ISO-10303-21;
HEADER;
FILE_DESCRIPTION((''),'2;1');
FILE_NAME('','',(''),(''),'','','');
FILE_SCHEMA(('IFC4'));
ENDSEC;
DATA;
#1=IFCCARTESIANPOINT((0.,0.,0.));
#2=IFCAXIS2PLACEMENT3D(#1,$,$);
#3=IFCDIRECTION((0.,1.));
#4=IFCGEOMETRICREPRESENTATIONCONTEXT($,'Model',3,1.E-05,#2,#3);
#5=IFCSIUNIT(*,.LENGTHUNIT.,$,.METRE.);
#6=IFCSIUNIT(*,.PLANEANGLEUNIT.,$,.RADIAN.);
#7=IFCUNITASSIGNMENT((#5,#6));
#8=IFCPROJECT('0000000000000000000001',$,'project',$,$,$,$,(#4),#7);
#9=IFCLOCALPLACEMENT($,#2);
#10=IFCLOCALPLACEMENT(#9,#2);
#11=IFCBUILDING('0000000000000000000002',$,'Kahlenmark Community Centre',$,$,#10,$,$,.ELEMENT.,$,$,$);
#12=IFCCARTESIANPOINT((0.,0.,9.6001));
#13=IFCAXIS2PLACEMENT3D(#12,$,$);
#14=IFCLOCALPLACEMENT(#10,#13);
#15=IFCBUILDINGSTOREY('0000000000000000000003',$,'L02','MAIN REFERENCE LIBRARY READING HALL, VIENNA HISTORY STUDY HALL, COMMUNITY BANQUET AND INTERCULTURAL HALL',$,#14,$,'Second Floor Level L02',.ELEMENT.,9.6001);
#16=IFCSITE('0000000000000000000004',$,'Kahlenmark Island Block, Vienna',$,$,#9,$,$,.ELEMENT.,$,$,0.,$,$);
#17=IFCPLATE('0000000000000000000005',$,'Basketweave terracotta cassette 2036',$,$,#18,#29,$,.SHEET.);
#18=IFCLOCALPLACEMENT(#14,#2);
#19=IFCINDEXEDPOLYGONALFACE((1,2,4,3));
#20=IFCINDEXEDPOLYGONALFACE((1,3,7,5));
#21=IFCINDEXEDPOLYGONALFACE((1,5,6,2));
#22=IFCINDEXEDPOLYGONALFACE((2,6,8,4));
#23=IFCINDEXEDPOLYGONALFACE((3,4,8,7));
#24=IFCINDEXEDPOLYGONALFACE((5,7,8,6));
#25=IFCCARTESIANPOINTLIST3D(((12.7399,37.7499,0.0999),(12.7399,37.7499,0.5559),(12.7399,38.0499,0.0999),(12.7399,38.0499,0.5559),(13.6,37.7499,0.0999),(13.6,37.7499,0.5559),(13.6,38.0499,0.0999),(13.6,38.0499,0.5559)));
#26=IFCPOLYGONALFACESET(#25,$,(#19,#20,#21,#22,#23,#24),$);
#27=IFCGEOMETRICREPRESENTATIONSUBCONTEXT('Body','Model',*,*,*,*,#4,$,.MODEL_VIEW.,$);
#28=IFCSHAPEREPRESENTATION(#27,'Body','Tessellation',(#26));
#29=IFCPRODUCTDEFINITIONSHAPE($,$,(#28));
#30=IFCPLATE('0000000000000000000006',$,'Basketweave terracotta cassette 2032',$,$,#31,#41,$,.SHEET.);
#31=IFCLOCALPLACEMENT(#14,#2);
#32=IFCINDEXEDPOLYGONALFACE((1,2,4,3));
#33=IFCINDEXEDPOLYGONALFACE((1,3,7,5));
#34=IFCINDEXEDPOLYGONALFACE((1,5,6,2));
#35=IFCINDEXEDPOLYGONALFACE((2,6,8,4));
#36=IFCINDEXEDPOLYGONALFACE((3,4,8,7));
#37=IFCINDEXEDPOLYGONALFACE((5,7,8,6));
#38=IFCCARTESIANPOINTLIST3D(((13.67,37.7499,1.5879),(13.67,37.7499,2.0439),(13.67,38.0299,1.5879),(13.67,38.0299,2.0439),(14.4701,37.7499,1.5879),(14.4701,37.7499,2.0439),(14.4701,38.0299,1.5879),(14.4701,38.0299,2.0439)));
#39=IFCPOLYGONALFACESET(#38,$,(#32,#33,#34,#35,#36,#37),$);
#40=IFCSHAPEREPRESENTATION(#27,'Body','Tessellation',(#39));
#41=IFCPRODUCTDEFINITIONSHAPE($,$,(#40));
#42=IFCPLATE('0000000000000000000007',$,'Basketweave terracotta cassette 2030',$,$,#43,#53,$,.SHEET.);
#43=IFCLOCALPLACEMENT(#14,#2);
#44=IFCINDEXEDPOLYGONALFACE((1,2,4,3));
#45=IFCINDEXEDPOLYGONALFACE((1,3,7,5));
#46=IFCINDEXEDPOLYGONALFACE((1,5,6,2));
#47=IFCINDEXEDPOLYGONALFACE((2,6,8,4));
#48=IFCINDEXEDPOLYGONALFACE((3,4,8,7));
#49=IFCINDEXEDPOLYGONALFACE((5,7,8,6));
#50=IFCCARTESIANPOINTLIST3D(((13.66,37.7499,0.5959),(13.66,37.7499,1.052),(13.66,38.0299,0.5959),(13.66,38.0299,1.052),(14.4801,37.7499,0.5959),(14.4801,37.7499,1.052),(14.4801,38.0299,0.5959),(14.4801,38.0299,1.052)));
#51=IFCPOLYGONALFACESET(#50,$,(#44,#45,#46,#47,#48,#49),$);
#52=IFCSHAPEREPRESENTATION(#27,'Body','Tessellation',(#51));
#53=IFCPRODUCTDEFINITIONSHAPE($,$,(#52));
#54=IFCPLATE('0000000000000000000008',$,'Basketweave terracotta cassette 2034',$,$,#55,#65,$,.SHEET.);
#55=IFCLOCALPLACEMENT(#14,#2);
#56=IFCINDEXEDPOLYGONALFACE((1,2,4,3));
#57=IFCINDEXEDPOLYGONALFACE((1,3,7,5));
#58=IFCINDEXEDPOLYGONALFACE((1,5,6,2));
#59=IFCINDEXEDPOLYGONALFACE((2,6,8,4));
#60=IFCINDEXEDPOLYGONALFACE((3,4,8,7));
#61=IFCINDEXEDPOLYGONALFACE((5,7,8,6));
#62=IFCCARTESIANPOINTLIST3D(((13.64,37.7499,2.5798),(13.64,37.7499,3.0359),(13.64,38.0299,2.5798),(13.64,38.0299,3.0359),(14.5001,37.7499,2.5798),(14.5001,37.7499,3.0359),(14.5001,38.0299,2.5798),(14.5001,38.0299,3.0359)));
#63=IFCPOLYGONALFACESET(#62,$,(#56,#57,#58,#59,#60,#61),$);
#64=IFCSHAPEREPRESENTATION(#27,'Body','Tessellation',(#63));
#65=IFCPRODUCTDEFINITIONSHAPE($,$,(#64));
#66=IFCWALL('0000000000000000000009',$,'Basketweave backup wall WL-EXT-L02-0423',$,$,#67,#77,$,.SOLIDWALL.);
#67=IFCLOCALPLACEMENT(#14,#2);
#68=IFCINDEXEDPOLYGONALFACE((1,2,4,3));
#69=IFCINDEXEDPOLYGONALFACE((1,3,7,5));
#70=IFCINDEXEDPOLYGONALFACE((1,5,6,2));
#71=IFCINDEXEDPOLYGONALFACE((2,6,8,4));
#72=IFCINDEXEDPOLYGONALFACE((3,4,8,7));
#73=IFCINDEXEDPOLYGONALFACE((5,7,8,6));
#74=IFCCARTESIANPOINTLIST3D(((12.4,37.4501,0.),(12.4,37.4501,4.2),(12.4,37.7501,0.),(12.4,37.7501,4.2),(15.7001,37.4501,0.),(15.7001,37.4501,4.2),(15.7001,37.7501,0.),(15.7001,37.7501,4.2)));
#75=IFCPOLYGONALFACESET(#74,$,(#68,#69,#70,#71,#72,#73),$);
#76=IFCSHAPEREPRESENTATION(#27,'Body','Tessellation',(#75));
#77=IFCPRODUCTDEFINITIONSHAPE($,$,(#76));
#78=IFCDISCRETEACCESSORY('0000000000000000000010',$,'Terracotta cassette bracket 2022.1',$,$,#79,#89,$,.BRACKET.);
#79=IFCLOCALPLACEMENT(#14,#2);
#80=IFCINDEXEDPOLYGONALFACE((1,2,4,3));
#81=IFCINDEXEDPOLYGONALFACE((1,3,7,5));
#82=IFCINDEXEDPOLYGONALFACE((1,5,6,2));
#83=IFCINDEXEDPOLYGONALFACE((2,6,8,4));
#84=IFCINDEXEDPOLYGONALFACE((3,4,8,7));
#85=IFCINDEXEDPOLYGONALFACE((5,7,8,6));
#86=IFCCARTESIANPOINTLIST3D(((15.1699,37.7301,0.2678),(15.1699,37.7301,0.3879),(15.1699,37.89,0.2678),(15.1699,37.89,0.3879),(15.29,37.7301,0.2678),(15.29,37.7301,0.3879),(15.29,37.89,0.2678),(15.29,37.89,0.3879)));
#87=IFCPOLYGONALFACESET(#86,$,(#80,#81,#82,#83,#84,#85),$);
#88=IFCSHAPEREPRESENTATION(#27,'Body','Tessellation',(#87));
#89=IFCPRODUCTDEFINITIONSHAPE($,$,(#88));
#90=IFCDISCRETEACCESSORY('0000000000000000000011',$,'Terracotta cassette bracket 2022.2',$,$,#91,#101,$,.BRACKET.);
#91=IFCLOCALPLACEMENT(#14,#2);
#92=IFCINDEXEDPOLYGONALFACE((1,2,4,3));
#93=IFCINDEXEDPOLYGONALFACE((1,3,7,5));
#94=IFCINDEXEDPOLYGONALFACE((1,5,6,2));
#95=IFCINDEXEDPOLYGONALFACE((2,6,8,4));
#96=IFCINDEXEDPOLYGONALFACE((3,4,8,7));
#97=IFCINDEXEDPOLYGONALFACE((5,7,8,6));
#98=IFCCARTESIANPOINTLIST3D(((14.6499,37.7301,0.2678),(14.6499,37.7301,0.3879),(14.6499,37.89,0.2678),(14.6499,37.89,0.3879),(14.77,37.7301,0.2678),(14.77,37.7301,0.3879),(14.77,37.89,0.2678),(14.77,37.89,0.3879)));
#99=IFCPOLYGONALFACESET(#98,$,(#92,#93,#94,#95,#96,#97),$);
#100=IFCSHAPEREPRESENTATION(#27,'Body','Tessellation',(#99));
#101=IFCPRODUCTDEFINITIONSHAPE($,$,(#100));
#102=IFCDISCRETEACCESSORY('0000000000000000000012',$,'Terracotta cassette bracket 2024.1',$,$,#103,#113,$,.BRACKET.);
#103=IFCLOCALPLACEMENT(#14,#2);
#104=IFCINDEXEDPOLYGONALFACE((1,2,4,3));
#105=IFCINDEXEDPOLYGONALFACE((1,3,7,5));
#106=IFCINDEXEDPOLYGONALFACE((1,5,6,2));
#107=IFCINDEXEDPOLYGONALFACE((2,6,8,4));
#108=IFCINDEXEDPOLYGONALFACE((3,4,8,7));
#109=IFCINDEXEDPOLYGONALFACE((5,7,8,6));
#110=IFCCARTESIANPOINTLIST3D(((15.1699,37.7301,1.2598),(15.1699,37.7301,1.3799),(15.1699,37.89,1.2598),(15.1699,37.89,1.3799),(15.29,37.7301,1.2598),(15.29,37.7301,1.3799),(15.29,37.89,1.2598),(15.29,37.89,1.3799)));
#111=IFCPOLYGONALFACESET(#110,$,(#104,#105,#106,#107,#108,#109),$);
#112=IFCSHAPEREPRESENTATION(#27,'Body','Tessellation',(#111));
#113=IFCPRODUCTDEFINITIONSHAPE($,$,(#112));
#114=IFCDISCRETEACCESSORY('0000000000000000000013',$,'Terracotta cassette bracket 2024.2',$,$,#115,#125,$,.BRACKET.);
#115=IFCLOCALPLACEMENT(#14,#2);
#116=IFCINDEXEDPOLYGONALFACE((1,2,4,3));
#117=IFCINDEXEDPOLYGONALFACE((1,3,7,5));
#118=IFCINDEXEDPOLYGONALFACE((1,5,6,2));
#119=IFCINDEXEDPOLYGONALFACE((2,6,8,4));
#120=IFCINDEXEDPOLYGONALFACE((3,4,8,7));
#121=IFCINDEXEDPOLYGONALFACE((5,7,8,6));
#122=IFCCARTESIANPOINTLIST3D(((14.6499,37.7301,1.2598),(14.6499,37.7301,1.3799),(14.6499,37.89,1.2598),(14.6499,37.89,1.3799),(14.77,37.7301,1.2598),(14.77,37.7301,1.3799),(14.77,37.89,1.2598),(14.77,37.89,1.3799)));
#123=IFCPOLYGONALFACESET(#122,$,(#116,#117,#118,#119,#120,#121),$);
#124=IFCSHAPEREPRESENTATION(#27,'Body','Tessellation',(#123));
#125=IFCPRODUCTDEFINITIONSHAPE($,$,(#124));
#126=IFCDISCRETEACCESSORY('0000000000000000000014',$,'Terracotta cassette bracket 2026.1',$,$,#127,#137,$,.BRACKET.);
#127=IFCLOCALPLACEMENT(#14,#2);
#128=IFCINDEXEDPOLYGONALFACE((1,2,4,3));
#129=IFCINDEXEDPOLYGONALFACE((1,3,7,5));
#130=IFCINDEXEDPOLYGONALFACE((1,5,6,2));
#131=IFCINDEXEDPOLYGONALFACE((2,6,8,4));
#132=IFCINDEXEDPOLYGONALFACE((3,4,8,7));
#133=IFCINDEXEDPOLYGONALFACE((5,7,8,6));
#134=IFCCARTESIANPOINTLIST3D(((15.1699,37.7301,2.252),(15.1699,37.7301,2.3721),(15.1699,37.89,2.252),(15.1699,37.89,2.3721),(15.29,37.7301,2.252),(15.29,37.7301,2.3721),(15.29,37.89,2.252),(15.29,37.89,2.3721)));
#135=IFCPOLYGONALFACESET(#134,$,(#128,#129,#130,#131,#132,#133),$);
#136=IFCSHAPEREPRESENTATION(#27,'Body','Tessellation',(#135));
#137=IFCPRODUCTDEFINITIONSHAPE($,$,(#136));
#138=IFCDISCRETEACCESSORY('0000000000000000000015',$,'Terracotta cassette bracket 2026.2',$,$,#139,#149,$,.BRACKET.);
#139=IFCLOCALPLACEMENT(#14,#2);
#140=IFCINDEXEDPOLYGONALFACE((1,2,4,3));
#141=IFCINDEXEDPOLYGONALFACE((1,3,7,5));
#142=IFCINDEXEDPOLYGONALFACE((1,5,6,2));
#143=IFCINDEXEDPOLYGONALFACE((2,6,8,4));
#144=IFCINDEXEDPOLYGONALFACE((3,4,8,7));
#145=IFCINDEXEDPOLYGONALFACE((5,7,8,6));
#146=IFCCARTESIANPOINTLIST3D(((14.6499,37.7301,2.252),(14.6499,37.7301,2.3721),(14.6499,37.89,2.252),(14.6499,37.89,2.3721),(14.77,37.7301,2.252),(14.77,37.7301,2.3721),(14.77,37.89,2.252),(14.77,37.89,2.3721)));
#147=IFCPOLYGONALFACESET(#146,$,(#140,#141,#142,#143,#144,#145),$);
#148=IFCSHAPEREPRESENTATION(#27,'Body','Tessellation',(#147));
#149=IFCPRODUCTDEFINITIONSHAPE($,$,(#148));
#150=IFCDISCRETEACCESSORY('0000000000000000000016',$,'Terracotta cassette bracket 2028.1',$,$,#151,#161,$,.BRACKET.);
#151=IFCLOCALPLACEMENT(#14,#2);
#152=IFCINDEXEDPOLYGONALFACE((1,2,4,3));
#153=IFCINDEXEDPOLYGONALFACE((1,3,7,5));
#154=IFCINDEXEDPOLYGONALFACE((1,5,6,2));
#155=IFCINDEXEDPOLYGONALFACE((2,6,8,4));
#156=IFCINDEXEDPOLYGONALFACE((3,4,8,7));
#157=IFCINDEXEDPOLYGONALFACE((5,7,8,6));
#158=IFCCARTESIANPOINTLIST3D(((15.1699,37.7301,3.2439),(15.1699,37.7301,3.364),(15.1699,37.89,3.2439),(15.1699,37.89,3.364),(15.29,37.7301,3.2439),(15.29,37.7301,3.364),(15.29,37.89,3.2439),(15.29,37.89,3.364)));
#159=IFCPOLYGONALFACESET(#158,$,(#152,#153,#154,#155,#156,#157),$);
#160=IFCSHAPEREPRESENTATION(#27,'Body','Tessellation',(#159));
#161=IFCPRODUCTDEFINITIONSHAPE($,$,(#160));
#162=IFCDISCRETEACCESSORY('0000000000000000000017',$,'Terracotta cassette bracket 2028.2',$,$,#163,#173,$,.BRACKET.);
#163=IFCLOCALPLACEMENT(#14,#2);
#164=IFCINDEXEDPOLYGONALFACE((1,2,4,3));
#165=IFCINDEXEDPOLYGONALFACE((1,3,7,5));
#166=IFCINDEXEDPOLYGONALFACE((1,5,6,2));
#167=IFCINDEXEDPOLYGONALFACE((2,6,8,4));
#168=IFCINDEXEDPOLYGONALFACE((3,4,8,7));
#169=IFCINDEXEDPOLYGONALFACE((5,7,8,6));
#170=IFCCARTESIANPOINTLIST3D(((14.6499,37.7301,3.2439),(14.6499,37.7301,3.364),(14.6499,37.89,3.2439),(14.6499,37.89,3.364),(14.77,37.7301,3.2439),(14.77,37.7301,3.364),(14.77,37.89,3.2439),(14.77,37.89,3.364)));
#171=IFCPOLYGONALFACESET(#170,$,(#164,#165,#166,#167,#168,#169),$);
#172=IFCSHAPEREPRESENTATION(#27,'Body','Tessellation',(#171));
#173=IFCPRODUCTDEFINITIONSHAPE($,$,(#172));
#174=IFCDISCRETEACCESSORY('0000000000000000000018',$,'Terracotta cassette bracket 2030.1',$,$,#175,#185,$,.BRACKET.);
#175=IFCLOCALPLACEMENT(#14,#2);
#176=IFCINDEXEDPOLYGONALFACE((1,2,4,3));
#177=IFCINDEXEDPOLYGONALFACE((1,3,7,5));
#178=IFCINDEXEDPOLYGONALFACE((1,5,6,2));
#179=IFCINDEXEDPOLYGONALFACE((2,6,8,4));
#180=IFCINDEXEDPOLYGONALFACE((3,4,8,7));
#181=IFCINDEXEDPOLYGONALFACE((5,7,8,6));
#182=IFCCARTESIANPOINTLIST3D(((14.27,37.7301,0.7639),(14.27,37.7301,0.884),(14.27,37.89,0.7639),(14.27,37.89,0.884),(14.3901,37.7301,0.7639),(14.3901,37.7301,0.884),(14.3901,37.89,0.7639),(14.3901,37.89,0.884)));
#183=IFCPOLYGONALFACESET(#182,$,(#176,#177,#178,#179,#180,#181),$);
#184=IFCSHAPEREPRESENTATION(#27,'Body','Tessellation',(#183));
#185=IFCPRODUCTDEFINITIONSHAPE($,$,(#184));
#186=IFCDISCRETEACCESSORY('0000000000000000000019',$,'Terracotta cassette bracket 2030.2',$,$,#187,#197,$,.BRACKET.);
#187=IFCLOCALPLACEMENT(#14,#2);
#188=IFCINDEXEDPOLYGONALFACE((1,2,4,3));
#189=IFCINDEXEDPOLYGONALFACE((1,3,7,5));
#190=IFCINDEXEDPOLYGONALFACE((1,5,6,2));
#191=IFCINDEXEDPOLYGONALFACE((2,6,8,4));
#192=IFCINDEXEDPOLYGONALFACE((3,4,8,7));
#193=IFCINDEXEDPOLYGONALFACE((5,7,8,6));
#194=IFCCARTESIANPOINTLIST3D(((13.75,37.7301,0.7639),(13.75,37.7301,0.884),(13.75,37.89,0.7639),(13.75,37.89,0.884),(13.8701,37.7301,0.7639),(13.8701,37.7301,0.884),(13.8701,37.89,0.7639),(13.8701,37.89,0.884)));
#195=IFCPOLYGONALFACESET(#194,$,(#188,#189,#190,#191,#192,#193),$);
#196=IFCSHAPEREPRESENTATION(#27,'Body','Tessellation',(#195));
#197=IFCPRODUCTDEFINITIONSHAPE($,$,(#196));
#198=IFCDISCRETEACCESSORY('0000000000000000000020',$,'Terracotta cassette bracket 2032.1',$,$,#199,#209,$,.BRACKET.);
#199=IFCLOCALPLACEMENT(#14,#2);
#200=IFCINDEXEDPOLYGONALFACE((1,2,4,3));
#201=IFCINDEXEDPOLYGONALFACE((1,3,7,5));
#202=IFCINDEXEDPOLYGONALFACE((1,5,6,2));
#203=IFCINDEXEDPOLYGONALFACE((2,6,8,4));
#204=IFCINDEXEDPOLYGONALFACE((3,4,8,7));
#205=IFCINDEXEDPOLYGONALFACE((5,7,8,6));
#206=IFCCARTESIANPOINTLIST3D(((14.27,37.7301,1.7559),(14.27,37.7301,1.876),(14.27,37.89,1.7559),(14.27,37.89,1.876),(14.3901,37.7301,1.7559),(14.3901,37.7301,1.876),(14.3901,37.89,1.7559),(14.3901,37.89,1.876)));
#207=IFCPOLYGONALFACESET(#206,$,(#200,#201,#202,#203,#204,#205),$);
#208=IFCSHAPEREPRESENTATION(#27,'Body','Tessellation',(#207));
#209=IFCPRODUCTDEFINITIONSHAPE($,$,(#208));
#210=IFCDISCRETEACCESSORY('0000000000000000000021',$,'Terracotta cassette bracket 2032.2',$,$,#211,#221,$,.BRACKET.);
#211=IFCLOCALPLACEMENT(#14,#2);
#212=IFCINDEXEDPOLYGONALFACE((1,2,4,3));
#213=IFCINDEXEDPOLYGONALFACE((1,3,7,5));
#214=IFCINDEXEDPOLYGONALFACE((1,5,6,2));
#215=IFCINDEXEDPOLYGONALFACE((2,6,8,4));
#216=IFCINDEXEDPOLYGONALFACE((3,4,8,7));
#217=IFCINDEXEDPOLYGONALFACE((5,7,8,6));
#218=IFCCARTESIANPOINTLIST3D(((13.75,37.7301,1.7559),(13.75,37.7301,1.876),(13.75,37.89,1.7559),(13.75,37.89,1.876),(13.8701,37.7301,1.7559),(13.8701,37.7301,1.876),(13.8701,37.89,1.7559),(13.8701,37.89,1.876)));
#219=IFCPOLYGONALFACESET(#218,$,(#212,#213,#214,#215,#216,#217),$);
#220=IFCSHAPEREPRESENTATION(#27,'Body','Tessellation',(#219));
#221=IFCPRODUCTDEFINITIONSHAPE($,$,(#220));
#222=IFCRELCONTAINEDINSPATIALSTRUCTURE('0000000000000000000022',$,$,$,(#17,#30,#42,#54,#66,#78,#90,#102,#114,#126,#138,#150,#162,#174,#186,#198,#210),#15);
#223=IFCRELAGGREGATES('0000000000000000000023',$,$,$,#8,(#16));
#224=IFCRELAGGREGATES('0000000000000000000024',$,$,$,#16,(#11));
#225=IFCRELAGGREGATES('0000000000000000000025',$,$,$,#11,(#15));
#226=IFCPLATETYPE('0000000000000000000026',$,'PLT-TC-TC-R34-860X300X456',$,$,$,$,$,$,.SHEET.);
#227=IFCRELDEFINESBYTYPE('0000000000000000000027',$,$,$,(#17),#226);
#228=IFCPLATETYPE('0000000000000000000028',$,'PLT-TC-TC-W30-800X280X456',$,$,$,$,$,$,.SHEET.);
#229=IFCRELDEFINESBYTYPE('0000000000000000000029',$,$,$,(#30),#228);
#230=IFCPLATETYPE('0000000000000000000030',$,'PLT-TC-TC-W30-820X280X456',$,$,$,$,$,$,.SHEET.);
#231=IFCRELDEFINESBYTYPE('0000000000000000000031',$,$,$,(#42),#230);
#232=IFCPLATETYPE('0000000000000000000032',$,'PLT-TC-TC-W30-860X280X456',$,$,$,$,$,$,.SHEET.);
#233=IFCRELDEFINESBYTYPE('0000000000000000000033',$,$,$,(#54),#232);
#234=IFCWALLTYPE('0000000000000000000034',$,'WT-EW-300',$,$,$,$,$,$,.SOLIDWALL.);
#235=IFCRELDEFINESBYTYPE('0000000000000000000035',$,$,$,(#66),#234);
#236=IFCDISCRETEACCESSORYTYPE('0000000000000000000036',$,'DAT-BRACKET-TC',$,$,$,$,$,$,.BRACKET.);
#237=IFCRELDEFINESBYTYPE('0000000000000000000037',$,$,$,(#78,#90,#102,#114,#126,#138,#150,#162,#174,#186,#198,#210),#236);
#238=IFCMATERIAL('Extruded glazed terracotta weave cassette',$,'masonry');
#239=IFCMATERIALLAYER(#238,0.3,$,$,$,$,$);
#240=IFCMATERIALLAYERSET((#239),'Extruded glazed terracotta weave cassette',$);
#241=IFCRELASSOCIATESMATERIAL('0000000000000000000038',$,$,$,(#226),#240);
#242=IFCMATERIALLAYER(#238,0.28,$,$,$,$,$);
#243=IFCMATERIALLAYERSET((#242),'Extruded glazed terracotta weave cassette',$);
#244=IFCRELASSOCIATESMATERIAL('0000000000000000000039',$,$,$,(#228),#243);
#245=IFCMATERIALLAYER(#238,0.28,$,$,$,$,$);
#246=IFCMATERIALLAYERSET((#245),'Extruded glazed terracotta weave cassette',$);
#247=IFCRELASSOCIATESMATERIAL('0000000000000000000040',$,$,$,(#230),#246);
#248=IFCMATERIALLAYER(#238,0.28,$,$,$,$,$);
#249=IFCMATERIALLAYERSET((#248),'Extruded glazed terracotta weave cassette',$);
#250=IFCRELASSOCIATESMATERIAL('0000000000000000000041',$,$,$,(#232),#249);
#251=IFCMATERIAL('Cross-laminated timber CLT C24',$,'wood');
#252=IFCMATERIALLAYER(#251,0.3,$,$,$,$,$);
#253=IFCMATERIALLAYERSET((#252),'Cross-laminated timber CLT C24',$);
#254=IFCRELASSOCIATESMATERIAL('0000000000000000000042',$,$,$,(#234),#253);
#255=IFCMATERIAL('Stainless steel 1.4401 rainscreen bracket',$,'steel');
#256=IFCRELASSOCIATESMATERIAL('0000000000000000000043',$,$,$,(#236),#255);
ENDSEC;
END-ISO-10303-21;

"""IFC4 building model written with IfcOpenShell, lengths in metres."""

from ifc_helpers import new_model, si_unit, direction, frame, frame_2d, origin, origin_2d, place, context, subcontext, project, spatial, rectangle, extrude, material, layer, layer_set, type_object, element, save


model = new_model("IFC4")

# Units and contexts
model_context = context("Model", 3, precision=1e-05, world=origin(), true_north=direction((0.0, 1.0)))
body_context = subcontext(model_context, "Body", "Model", "MODEL_VIEW")
ifc_project = project(units=[si_unit("LENGTHUNIT", "METRE"), si_unit("PLANEANGLEUNIT", "RADIAN")], contexts=[model_context])

# Site, building, storey
site_placement = place(None, origin())
site = spatial("IfcSite", under=ifc_project, at=site_placement, Name="Kahlenmark Island Block, Vienna", CompositionType="ELEMENT", RefElevation=0.0)
building_placement = place(site_placement, origin())
building = spatial("IfcBuilding", under=site, at=building_placement, Name="Kahlenmark Community Centre", CompositionType="ELEMENT")
storey_placement = place(building_placement, frame((0.0, 0.0, 9.6001)))
storey = spatial("IfcBuildingStorey", under=building, at=storey_placement, Name="L02", Description="MAIN REFERENCE LIBRARY READING HALL, VIENNA HISTORY STUDY HALL, COMMUNITY BANQUET AND INTERCULTURAL HALL", LongName="Second Floor Level L02", CompositionType="ELEMENT", Elevation=9.6001)

# Plates
ifc_material_1 = material(Name="Extruded glazed terracotta weave cassette", Category="masonry")
ifc_layer_1 = layer(ifc_material_1, 0.3)
ifc_layer_set_1 = layer_set([ifc_layer_1], Name="Extruded glazed terracotta weave cassette")
plate_type_1 = type_object("IfcPlateType", Name="PLT-TC-TC-R34-860X300X456", PredefinedType="SHEET", material=ifc_layer_set_1)
for number, where, z_axis, x_axis, name in (
    (1, (13.1699, 37.8999, 0.0999), (0.0, 0.0, 1.0), (-1.0, 0.0, 0.0), "Basketweave terracotta cassette 2036"),
):
    element("IfcPlate", number, at=place(storey_placement, frame(where, z_axis=z_axis, x_axis=x_axis)), inside=storey, type_object=plate_type_1, Name=name, PredefinedType="SHEET", context=body_context, shape_type="SweptSolid", body=[
        extrude(rectangle(XDim=0.8601, YDim=0.3, at=origin_2d()), origin(), (0.0, 0.0, 1.0), 0.4561),
    ])
ifc_layer_2 = layer(ifc_material_1, 0.28)
ifc_layer_set_2 = layer_set([ifc_layer_2], Name="Extruded glazed terracotta weave cassette")
plate_type_2 = type_object("IfcPlateType", Name="PLT-TC-TC-W30-800X280X456", PredefinedType="SHEET", material=ifc_layer_set_2)
plate_1_placement = place(storey_placement, frame((14.0701, 37.8899, 1.5879), z_axis=(0.0, 0.0, 1.0), x_axis=(-1.0, 0.0, 0.0)))
element("IfcPlate", 2, at=plate_1_placement, inside=storey, type_object=plate_type_2, Name="Basketweave terracotta cassette 2032", PredefinedType="SHEET", context=body_context, shape_type="SweptSolid", body=[
    extrude(rectangle(XDim=0.8, YDim=0.28, at=origin_2d()), origin(), (0.0, 0.0, 1.0), 0.4561),
])
ifc_layer_3 = layer(ifc_material_1, 0.28)
ifc_layer_set_3 = layer_set([ifc_layer_3], Name="Extruded glazed terracotta weave cassette")
plate_type_3 = type_object("IfcPlateType", Name="PLT-TC-TC-W30-820X280X456", PredefinedType="SHEET", material=ifc_layer_set_3)
plate_2_placement = place(storey_placement, frame((14.0701, 37.8899, 0.5959), z_axis=(0.0, 0.0, 1.0), x_axis=(-1.0, 0.0, 0.0)))
element("IfcPlate", 3, at=plate_2_placement, inside=storey, type_object=plate_type_3, Name="Basketweave terracotta cassette 2030", PredefinedType="SHEET", context=body_context, shape_type="SweptSolid", body=[
    extrude(rectangle(XDim=0.8201, YDim=0.28, at=origin_2d()), origin(), (0.0, 0.0, 1.0), 0.4561),
])
ifc_layer_4 = layer(ifc_material_1, 0.28)
ifc_layer_set_4 = layer_set([ifc_layer_4], Name="Extruded glazed terracotta weave cassette")
plate_type_4 = type_object("IfcPlateType", Name="PLT-TC-TC-W30-860X280X456", PredefinedType="SHEET", material=ifc_layer_set_4)
plate_3_placement = place(storey_placement, frame((14.0701, 37.8899, 2.5798), z_axis=(0.0, 0.0, 1.0), x_axis=(-1.0, 0.0, 0.0)))
element("IfcPlate", 4, at=plate_3_placement, inside=storey, type_object=plate_type_4, Name="Basketweave terracotta cassette 2034", PredefinedType="SHEET", context=body_context, shape_type="SweptSolid", body=[
    extrude(rectangle(XDim=0.8601, YDim=0.28, at=origin_2d()), origin(), (0.0, 0.0, 1.0), 0.4561),
])

# Wall
ifc_material_2 = material(Name="Cross-laminated timber CLT C24", Category="wood")
ifc_layer_5 = layer(ifc_material_2, 0.3)
ifc_layer_set_5 = layer_set([ifc_layer_5], Name="Cross-laminated timber CLT C24")
wall_type = type_object("IfcWallType", Name="WT-EW-300", PredefinedType="SOLIDWALL", material=ifc_layer_set_5)
wall_placement = place(storey_placement, frame((15.7, 37.6001, 0.0), z_axis=(0.0, 0.0, 1.0), x_axis=(-1.0, 0.0, 0.0)))
element("IfcWall", 5, at=wall_placement, inside=storey, type_object=wall_type, Name="Basketweave backup wall WL-EXT-L02-0423", PredefinedType="SOLIDWALL", context=body_context, shape_type="SweptSolid", body=[
    extrude(rectangle(XDim=3.3, YDim=0.3, at=frame_2d((1.6499, 0.0))), origin(), (0.0, 0.0, 1.0), 4.2),
])

# Discrete accessories
ifc_material_3 = material(Name="Stainless steel 1.4401 rainscreen bracket", Category="steel")
discrete_accessory_type = type_object("IfcDiscreteAccessoryType", Name="DAT-BRACKET-TC", PredefinedType="BRACKET", material=ifc_material_3)
for number, where, z_axis, x_axis, name in (
    (6, (15.23, 37.8101, 0.2678), (0.0, 0.0, 1.0), (-1.0, 0.0, 0.0), "Terracotta cassette bracket 2022.1"),
    (7, (14.71, 37.8101, 0.2678), (0.0, 0.0, 1.0), (-1.0, 0.0, 0.0), "Terracotta cassette bracket 2022.2"),
    (8, (15.23, 37.8101, 1.2598), (0.0, 0.0, 1.0), (-1.0, 0.0, 0.0), "Terracotta cassette bracket 2024.1"),
    (9, (14.71, 37.8101, 1.2598), (0.0, 0.0, 1.0), (-1.0, 0.0, 0.0), "Terracotta cassette bracket 2024.2"),
    (10, (15.23, 37.8101, 2.252), (0.0, 0.0, 1.0), (-1.0, 0.0, 0.0), "Terracotta cassette bracket 2026.1"),
    (11, (14.71, 37.8101, 2.252), (0.0, 0.0, 1.0), (-1.0, 0.0, 0.0), "Terracotta cassette bracket 2026.2"),
    (12, (15.23, 37.8101, 3.2439), (0.0, 0.0, 1.0), (-1.0, 0.0, 0.0), "Terracotta cassette bracket 2028.1"),
    (13, (14.71, 37.8101, 3.2439), (0.0, 0.0, 1.0), (-1.0, 0.0, 0.0), "Terracotta cassette bracket 2028.2"),
    (14, (14.3301, 37.8101, 0.7639), (0.0, 0.0, 1.0), (-1.0, 0.0, 0.0), "Terracotta cassette bracket 2030.1"),
    (15, (13.8101, 37.8101, 0.7639), (0.0, 0.0, 1.0), (-1.0, 0.0, 0.0), "Terracotta cassette bracket 2030.2"),
    (16, (14.3301, 37.8101, 1.7559), (0.0, 0.0, 1.0), (-1.0, 0.0, 0.0), "Terracotta cassette bracket 2032.1"),
    (17, (13.8101, 37.8101, 1.7559), (0.0, 0.0, 1.0), (-1.0, 0.0, 0.0), "Terracotta cassette bracket 2032.2"),
):
    element("IfcDiscreteAccessory", number, at=place(storey_placement, frame(where, z_axis=z_axis, x_axis=x_axis)), inside=storey, type_object=discrete_accessory_type, Name=name, PredefinedType="BRACKET", context=body_context, shape_type="SweptSolid", body=[
        extrude(rectangle(XDim=0.1201, YDim=0.1599, at=origin_2d()), origin(), (0.0, 0.0, 1.0), 0.1201),
    ])

save(model, "model.ifc")
